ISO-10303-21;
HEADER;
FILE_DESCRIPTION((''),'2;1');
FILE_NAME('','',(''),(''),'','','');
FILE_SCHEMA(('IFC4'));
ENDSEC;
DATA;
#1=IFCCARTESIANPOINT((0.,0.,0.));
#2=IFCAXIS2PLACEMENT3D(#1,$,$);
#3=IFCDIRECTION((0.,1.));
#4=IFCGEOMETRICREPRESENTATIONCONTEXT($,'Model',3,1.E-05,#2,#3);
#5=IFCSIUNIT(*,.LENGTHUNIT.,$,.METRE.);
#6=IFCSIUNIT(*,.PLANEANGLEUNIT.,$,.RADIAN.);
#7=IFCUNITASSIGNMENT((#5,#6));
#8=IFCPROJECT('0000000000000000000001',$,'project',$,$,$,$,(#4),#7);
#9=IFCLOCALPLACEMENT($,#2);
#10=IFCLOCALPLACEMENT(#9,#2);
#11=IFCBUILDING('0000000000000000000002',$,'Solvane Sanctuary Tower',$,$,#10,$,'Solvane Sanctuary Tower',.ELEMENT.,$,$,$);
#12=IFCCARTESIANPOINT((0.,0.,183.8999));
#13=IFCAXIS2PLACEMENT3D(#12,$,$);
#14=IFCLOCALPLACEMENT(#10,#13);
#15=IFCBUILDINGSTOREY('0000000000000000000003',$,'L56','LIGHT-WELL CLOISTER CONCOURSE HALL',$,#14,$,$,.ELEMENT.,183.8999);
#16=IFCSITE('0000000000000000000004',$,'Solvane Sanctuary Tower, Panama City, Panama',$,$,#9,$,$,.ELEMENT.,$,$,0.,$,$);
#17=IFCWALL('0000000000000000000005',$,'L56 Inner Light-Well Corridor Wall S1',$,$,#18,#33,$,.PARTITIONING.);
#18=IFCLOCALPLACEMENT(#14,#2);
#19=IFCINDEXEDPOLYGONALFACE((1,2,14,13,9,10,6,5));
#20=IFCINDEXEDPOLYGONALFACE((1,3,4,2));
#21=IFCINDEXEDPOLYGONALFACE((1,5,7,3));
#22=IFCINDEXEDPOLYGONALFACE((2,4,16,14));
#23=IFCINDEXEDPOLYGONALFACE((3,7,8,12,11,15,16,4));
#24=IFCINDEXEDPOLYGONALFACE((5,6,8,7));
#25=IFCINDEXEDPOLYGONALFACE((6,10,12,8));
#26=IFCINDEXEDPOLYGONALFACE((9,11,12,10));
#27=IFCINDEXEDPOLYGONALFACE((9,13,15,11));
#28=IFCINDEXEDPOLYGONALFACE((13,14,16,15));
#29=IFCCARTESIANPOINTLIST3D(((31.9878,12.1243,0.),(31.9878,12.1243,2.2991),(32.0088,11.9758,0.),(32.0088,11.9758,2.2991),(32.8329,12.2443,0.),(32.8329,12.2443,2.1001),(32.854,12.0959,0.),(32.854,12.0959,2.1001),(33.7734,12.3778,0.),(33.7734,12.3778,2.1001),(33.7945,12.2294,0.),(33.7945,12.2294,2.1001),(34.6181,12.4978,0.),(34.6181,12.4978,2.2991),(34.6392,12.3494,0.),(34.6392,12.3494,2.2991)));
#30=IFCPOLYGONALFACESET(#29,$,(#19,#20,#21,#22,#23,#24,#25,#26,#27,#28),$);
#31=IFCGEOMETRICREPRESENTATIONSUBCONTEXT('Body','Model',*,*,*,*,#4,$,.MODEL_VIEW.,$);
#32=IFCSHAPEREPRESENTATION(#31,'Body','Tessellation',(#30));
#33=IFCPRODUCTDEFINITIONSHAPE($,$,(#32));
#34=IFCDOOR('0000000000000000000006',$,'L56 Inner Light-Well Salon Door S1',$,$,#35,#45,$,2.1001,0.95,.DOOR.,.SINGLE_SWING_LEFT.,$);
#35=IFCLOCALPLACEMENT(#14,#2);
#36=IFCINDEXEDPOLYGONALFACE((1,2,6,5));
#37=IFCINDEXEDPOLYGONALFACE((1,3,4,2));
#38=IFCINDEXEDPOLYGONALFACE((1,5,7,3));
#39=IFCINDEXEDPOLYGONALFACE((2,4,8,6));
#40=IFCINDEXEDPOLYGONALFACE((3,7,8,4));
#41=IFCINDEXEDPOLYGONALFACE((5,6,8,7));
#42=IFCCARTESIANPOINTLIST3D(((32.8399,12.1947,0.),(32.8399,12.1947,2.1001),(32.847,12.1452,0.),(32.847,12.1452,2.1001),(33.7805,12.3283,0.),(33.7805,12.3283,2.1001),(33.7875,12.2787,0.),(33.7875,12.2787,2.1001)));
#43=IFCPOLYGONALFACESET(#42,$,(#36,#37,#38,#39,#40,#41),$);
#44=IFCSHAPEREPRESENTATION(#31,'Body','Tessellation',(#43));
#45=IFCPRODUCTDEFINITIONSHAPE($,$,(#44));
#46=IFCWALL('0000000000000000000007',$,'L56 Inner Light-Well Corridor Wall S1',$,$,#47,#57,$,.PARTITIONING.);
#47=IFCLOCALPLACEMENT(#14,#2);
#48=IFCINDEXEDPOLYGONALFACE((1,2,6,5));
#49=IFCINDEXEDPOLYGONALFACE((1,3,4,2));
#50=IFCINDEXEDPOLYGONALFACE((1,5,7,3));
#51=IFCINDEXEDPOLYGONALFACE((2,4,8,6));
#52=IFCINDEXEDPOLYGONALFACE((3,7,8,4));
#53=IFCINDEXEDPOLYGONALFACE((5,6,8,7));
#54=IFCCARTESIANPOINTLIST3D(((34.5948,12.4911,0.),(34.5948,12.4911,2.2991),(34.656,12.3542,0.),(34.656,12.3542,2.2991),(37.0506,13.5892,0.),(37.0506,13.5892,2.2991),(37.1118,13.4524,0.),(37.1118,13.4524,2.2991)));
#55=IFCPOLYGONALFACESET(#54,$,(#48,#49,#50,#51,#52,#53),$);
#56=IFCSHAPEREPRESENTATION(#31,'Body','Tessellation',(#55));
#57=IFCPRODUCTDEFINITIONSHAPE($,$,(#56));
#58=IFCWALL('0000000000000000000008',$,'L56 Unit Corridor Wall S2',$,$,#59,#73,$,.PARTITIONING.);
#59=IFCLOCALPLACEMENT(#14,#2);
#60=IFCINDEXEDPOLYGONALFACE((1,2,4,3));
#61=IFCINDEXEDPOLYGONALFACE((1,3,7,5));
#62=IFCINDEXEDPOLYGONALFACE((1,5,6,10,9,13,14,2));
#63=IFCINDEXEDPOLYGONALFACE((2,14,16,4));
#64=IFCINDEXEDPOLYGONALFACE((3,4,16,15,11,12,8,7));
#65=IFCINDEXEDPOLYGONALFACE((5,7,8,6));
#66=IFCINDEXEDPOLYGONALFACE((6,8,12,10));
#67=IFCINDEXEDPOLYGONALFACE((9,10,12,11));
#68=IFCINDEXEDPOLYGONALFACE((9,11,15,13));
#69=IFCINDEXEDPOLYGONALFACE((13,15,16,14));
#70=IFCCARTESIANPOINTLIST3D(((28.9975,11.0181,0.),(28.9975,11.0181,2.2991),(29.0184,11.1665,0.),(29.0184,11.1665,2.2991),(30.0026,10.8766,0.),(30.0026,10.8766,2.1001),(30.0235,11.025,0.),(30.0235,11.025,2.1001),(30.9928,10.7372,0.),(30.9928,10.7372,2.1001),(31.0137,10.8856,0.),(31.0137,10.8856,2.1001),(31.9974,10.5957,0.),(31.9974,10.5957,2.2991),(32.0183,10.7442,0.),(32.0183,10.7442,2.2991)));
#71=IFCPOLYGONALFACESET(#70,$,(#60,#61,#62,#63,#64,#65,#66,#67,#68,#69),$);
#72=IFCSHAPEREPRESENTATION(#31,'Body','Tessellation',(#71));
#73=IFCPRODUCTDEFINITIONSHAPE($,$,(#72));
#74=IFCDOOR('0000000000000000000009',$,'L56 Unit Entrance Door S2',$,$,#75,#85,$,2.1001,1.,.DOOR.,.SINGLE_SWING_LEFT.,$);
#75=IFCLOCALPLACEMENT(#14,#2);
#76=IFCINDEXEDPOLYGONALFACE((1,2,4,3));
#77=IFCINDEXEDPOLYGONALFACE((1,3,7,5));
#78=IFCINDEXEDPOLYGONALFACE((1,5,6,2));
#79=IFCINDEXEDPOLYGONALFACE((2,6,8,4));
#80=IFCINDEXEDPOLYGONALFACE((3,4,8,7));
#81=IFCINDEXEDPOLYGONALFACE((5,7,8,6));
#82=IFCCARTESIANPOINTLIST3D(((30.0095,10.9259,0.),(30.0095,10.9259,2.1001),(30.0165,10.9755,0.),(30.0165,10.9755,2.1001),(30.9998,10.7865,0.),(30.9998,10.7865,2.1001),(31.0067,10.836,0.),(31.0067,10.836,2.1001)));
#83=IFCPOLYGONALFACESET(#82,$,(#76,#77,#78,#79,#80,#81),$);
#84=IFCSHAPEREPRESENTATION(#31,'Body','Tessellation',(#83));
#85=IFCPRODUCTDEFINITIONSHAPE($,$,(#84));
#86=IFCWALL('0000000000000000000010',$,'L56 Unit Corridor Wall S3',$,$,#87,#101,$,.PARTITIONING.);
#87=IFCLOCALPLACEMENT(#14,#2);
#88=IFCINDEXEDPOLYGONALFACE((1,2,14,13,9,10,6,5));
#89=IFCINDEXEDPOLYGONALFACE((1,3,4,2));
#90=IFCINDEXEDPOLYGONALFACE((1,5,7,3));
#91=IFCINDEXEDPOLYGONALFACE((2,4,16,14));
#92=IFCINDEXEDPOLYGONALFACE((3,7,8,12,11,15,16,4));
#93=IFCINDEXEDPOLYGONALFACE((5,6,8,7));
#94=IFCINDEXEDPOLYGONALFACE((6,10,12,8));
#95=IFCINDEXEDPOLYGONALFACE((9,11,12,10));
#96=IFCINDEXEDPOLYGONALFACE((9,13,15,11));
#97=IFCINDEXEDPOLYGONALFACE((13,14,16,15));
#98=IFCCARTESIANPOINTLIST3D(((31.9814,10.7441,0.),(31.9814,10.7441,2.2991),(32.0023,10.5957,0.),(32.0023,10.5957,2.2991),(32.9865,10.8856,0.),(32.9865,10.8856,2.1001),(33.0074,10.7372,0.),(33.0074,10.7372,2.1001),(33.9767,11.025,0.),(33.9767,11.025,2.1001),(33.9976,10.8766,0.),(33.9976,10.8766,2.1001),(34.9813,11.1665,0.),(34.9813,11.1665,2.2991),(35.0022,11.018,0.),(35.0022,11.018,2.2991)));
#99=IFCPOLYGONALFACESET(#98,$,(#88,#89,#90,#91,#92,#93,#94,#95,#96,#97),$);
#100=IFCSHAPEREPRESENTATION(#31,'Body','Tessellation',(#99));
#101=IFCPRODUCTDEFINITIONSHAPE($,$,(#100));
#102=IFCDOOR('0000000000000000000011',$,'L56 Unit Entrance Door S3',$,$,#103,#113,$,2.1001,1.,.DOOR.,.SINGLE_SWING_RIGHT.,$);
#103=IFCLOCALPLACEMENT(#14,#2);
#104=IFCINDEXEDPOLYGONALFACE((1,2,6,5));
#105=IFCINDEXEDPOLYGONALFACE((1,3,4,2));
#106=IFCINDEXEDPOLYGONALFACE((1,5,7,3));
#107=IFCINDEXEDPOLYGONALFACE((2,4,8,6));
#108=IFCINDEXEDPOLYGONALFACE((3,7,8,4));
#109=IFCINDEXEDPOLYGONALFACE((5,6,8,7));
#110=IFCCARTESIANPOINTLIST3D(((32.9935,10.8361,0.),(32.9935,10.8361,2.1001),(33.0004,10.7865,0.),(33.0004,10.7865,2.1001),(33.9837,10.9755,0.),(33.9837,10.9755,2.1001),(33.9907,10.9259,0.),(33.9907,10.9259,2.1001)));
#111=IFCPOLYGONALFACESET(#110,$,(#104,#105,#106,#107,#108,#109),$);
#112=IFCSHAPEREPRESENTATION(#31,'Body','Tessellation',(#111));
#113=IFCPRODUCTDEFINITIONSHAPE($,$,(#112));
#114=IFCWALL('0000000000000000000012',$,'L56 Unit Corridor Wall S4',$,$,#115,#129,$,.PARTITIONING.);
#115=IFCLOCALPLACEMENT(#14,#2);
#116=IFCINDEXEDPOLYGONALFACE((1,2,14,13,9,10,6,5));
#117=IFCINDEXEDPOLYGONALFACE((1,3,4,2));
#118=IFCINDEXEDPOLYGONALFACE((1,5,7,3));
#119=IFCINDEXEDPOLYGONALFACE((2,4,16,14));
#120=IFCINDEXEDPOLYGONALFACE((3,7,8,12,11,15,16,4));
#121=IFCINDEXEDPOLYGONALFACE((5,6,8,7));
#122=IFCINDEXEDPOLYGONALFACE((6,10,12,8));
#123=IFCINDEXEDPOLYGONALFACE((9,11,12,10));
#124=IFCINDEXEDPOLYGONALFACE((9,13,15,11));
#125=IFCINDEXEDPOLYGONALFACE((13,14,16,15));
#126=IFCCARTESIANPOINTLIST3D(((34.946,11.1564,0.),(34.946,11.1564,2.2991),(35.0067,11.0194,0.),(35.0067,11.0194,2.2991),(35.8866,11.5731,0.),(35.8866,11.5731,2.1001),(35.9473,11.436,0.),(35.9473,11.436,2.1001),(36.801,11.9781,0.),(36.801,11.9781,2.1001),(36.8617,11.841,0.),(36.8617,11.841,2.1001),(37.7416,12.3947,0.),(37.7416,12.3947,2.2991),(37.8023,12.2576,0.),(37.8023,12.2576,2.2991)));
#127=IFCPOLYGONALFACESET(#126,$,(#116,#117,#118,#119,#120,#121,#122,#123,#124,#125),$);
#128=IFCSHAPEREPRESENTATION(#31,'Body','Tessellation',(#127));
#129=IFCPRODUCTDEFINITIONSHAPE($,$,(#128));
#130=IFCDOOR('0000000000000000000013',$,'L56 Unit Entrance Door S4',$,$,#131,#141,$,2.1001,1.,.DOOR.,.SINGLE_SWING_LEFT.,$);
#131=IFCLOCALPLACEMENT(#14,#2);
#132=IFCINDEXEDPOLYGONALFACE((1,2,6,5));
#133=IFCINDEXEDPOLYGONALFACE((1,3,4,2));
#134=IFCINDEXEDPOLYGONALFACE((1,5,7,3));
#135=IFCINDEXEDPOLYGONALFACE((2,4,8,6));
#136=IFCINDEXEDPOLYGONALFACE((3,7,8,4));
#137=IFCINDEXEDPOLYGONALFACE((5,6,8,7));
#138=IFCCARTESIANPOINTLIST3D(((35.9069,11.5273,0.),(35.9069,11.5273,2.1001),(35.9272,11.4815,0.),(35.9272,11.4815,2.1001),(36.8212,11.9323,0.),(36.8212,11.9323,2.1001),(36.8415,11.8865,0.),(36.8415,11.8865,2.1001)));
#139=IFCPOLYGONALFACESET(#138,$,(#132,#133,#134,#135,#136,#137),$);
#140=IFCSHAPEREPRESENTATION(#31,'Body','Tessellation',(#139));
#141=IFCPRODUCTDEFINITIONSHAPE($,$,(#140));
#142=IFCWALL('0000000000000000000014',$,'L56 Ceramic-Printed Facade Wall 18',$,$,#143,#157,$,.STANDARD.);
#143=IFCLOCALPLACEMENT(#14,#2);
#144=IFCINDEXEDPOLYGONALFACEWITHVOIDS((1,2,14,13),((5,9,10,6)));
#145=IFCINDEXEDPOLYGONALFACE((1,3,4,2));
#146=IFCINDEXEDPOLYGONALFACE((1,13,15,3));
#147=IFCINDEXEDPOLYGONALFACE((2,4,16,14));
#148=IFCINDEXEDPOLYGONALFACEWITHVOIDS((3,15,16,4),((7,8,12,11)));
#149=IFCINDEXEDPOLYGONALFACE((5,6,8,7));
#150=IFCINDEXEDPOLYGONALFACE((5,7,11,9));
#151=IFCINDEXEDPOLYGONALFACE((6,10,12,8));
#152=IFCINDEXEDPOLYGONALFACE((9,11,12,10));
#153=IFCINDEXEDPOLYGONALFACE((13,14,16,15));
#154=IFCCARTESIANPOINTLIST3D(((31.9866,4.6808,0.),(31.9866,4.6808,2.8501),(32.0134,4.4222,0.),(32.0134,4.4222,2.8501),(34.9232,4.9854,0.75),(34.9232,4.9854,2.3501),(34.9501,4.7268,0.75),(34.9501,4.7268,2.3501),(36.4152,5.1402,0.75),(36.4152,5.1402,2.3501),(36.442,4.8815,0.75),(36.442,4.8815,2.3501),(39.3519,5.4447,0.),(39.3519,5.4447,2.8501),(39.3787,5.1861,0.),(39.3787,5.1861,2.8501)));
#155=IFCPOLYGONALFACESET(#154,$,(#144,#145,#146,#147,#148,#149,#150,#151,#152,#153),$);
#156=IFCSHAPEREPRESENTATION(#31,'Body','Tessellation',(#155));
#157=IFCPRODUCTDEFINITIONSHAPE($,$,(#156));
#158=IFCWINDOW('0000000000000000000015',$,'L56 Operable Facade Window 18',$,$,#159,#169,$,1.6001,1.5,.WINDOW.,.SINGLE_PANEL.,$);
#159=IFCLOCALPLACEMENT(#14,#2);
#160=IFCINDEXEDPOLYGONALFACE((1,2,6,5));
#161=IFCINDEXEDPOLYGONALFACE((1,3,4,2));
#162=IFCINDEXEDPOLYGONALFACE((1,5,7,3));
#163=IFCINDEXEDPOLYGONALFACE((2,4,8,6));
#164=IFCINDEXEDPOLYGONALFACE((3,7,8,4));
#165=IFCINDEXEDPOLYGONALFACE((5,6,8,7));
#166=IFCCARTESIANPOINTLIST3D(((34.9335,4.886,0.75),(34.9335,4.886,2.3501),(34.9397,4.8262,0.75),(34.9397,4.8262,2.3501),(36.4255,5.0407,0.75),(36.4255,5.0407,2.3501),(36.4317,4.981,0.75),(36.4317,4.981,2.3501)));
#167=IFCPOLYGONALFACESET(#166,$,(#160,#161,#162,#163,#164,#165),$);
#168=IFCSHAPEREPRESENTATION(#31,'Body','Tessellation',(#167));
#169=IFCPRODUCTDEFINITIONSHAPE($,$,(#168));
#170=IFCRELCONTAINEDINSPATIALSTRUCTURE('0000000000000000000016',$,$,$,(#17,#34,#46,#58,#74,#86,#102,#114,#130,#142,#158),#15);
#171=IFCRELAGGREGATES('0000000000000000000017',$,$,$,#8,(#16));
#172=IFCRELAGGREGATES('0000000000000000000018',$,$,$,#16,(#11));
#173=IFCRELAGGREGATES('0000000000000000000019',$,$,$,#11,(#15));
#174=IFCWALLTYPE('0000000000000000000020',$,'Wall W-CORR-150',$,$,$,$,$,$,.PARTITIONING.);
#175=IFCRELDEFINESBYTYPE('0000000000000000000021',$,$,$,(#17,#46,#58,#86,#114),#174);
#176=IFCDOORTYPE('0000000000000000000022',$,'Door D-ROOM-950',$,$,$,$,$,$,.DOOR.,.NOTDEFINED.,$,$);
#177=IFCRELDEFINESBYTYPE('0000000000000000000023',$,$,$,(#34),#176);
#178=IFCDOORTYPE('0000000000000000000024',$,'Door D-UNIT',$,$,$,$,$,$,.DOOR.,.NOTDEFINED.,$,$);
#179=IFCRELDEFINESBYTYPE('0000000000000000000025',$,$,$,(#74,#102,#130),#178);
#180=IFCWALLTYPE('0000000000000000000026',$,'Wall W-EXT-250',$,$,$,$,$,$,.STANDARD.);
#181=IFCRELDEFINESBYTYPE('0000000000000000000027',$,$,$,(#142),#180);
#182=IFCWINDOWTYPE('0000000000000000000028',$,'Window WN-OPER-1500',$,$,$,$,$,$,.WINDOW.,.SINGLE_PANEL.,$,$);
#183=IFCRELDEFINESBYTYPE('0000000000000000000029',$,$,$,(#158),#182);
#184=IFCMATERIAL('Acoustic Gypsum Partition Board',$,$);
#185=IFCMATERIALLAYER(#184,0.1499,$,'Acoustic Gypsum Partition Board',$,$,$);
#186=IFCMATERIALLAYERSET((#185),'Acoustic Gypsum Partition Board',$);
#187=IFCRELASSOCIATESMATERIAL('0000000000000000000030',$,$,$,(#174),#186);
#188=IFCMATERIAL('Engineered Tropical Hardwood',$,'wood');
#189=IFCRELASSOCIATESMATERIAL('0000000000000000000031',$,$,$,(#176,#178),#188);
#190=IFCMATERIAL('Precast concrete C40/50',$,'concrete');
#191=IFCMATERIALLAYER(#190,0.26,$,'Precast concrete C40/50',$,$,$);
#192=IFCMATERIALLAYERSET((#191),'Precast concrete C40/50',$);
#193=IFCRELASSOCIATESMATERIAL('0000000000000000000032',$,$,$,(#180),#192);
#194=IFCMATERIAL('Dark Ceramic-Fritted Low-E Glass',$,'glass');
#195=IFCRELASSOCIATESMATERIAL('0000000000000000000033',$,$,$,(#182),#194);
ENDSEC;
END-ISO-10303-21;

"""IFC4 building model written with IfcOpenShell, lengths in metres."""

from ifc_helpers import new_model, si_unit, direction, frame, frame_2d, origin, place, context, subcontext, project, spatial, rectangle, extrude, material, layer, layer_set, type_object, element, fill, save


model = new_model("IFC4")

# Units and contexts
model_context = context("Model", 3, precision=1e-05, world=origin(), true_north=direction((0.0, 1.0)))
body_context = subcontext(model_context, "Body", "Model", "MODEL_VIEW")
ifc_project = project(units=[si_unit("LENGTHUNIT", "METRE"), si_unit("PLANEANGLEUNIT", "RADIAN")], contexts=[model_context])

# Site, building, storey
site_placement = place(None, origin())
site = spatial("IfcSite", under=ifc_project, at=site_placement, Name="Solvane Sanctuary Tower, Panama City, Panama", CompositionType="ELEMENT", RefElevation=0.0)
building_placement = place(site_placement, origin())
building = spatial("IfcBuilding", under=site, at=building_placement, Name="Solvane Sanctuary Tower", LongName="Solvane Sanctuary Tower", CompositionType="ELEMENT")
storey_placement = place(building_placement, frame((0.0, 0.0, 183.8999)))
storey = spatial("IfcBuildingStorey", under=building, at=storey_placement, Name="L56", Description="LIGHT-WELL CLOISTER CONCOURSE HALL", CompositionType="ELEMENT", Elevation=183.8999)

# Shared definitions
ifc_material_1 = material(Name="Acoustic Gypsum Partition Board")
ifc_layer_1 = layer(ifc_material_1, 0.1499, Name="Acoustic Gypsum Partition Board")
ifc_layer_set_1 = layer_set([ifc_layer_1], Name="Acoustic Gypsum Partition Board")
wall_type_1 = type_object("IfcWallType", Name="Wall W-CORR-150", PredefinedType="PARTITIONING", material=ifc_layer_set_1)

# Wall, opening, door
wall_1_placement = place(storey_placement, frame((31.9983, 12.05, 0.0), z_axis=(0.0, 0.0, 1.0), x_axis=(0.990067, 0.140598, 0.0)))
wall_1 = element("IfcWall", 1, at=wall_1_placement, inside=storey, type_object=wall_type_1, Name="L56 Inner Light-Well Corridor Wall S1", PredefinedType="PARTITIONING", context=body_context, shape_type="SweptSolid", body=[
    extrude(rectangle(XDim=2.6567, YDim=0.1499, at=frame_2d((1.3284, 0.0))), origin(), (0.0, 0.0, 1.0), 2.2991),
])
opening_1_placement = place(wall_1_placement, frame((0.8535, 0.0, 0.0)))
opening_1 = element("IfcOpeningElement", 2, at=opening_1_placement, cuts=wall_1, PredefinedType="OPENING", context=body_context, shape_type="SweptSolid", body=[
    extrude(rectangle(XDim=0.95, YDim=2.1001, at=frame_2d((0.4751, 1.05))), frame((0.0, 0.085, 0.0), z_axis=(0.0, -1.0, 0.0), x_axis=(1.0, 0.0, 0.0)), (0.0, 0.0, 1.0), 0.1699),
])
ifc_material_2 = material(Name="Engineered Tropical Hardwood", Category="wood")
door_type_1 = type_object("IfcDoorType", Name="Door D-ROOM-950", OperationType="NOTDEFINED", PredefinedType="DOOR", material=ifc_material_2)
door_1_placement = place(opening_1_placement, origin())
door_1 = element("IfcDoor", 3, at=door_1_placement, inside=storey, type_object=door_type_1, Name="L56 Inner Light-Well Salon Door S1", OperationType="SINGLE_SWING_LEFT", OverallHeight=2.1001, OverallWidth=0.95, PredefinedType="DOOR", context=body_context, shape_type="SweptSolid", body=[
    extrude(rectangle(XDim=0.95, YDim=2.1001, at=frame_2d((0.4751, 1.05))), frame((0.0, 0.0249, 0.0), z_axis=(0.0, -1.0, 0.0), x_axis=(1.0, 0.0, 0.0)), (0.0, 0.0, 1.0), 0.05),
])
fill(opening_1, door_1)

# Wall
wall_2_placement = place(storey_placement, frame((34.6252, 12.4226, 0.0), z_axis=(0.0, 0.0, 1.0), x_axis=(0.912889, 0.408209, 0.0)))
element("IfcWall", 4, at=wall_2_placement, inside=storey, type_object=wall_type_1, Name="L56 Inner Light-Well Corridor Wall S1", PredefinedType="PARTITIONING", context=body_context, shape_type="SweptSolid", body=[
    extrude(rectangle(XDim=2.6902, YDim=0.1499, at=frame_2d((1.3452, 0.0))), origin(), (0.0, 0.0, 1.0), 2.2991),
])

# Walls, openings, doors
wall_3_placement = place(storey_placement, frame((29.0081, 11.0923, 0.0), z_axis=(0.0, 0.0, 1.0), x_axis=(0.990234, -0.139413, 0.0)))
wall_3 = element("IfcWall", 5, at=wall_3_placement, inside=storey, type_object=wall_type_1, Name="L56 Unit Corridor Wall S2", PredefinedType="PARTITIONING", context=body_context, shape_type="SweptSolid", body=[
    extrude(rectangle(XDim=3.0295, YDim=0.1499, at=frame_2d((1.5146, 0.0))), origin(), (0.0, 0.0, 1.0), 2.2991),
])
opening_2_placement = place(wall_3_placement, frame((1.0149, 0.0, 0.0)))
opening_2 = element("IfcOpeningElement", 6, at=opening_2_placement, cuts=wall_3, PredefinedType="OPENING", context=body_context, shape_type="SweptSolid", body=[
    extrude(rectangle(XDim=1.0, YDim=2.1001, at=frame_2d((0.5, 1.05))), frame((0.0, 0.085, 0.0), z_axis=(0.0, -1.0, 0.0), x_axis=(1.0, 0.0, 0.0)), (0.0, 0.0, 1.0), 0.1699),
])
door_type_2 = type_object("IfcDoorType", Name="Door D-UNIT", OperationType="NOTDEFINED", PredefinedType="DOOR", material=ifc_material_2)
door_2_placement = place(opening_2_placement, origin())
door_2 = element("IfcDoor", 7, at=door_2_placement, inside=storey, type_object=door_type_2, Name="L56 Unit Entrance Door S2", OperationType="SINGLE_SWING_LEFT", OverallHeight=2.1001, OverallWidth=1.0, PredefinedType="DOOR", context=body_context, shape_type="SweptSolid", body=[
    extrude(rectangle(XDim=1.0, YDim=2.1001, at=frame_2d((0.5, 1.05))), frame((0.0, 0.0249, 0.0), z_axis=(0.0, -1.0, 0.0), x_axis=(1.0, 0.0, 0.0)), (0.0, 0.0, 1.0), 0.05),
])
fill(opening_2, door_2)
wall_4_placement = place(storey_placement, frame((31.9919, 10.6699, 0.0), z_axis=(0.0, 0.0, 1.0), x_axis=(0.990234, 0.139413, 0.0)))
wall_4 = element("IfcWall", 8, at=wall_4_placement, inside=storey, type_object=wall_type_1, Name="L56 Unit Corridor Wall S3", PredefinedType="PARTITIONING", context=body_context, shape_type="SweptSolid", body=[
    extrude(rectangle(XDim=3.0295, YDim=0.1499, at=frame_2d((1.5146, 0.0))), origin(), (0.0, 0.0, 1.0), 2.2991),
])
opening_3_placement = place(wall_4_placement, frame((1.0149, 0.0, 0.0)))
opening_3 = element("IfcOpeningElement", 9, at=opening_3_placement, cuts=wall_4, PredefinedType="OPENING", context=body_context, shape_type="SweptSolid", body=[
    extrude(rectangle(XDim=1.0, YDim=2.1001, at=frame_2d((0.5, 1.05))), frame((0.0, 0.085, 0.0), z_axis=(0.0, -1.0, 0.0), x_axis=(1.0, 0.0, 0.0)), (0.0, 0.0, 1.0), 0.1699),
])
door_3_placement = place(opening_3_placement, origin())
door_3 = element("IfcDoor", 10, at=door_3_placement, inside=storey, type_object=door_type_2, Name="L56 Unit Entrance Door S3", OperationType="SINGLE_SWING_RIGHT", OverallHeight=2.1001, OverallWidth=1.0, PredefinedType="DOOR", context=body_context, shape_type="SweptSolid", body=[
    extrude(rectangle(XDim=1.0, YDim=2.1001, at=frame_2d((0.5, 1.05))), frame((0.0, 0.0249, 0.0), z_axis=(0.0, -1.0, 0.0), x_axis=(1.0, 0.0, 0.0)), (0.0, 0.0, 1.0), 0.05),
])
fill(opening_3, door_3)
wall_5_placement = place(storey_placement, frame((34.9763, 11.0879, 0.0), z_axis=(0.0, 0.0, 1.0), x_axis=(0.914324, 0.404982, 0.0)))
wall_5 = element("IfcWall", 11, at=wall_5_placement, inside=storey, type_object=wall_type_1, Name="L56 Unit Corridor Wall S4", PredefinedType="PARTITIONING", context=body_context, shape_type="SweptSolid", body=[
    extrude(rectangle(XDim=3.0576, YDim=0.1499, at=frame_2d((1.5288, 0.0))), origin(), (0.0, 0.0, 1.0), 2.2991),
])
opening_4_placement = place(wall_5_placement, frame((1.0288, 0.0, 0.0)))
opening_4 = element("IfcOpeningElement", 12, at=opening_4_placement, cuts=wall_5, PredefinedType="OPENING", context=body_context, shape_type="SweptSolid", body=[
    extrude(rectangle(XDim=1.0, YDim=2.1001, at=frame_2d((0.5, 1.05))), frame((0.0, 0.085, 0.0), z_axis=(0.0, -1.0, 0.0), x_axis=(1.0, 0.0, 0.0)), (0.0, 0.0, 1.0), 0.1699),
])
door_4_placement = place(opening_4_placement, origin())
door_4 = element("IfcDoor", 13, at=door_4_placement, inside=storey, type_object=door_type_2, Name="L56 Unit Entrance Door S4", OperationType="SINGLE_SWING_LEFT", OverallHeight=2.1001, OverallWidth=1.0, PredefinedType="DOOR", context=body_context, shape_type="SweptSolid", body=[
    extrude(rectangle(XDim=1.0, YDim=2.1001, at=frame_2d((0.5, 1.05))), frame((0.0, 0.0249, 0.0), z_axis=(0.0, -1.0, 0.0), x_axis=(1.0, 0.0, 0.0)), (0.0, 0.0, 1.0), 0.05),
])
fill(opening_4, door_4)

# Wall, opening, window
ifc_material_3 = material(Name="Precast concrete C40/50", Category="concrete")
ifc_layer_2 = layer(ifc_material_3, 0.26, Name="Precast concrete C40/50")
ifc_layer_set_2 = layer_set([ifc_layer_2], Name="Precast concrete C40/50")
wall_type_2 = type_object("IfcWallType", Name="Wall W-EXT-250", PredefinedType="STANDARD", material=ifc_layer_set_2)
wall_6_placement = place(storey_placement, frame((32.0, 4.5515, 0.0), z_axis=(0.0, 0.0, 1.0), x_axis=(0.994664, 0.103166, 0.0)))
wall_6 = element("IfcWall", 14, at=wall_6_placement, inside=storey, type_object=wall_type_2, Name="L56 Ceramic-Printed Facade Wall 18", PredefinedType="STANDARD", context=body_context, shape_type="SweptSolid", body=[
    extrude(rectangle(XDim=7.4048, YDim=0.26, at=frame_2d((3.7024, 0.0))), origin(), (0.0, 0.0, 1.0), 2.8501),
])
opening_5_placement = place(wall_6_placement, frame((2.9524, 0.0, 0.75)))
opening_5 = element("IfcOpeningElement", 15, at=opening_5_placement, cuts=wall_6, PredefinedType="OPENING", context=body_context, shape_type="SweptSolid", body=[
    extrude(rectangle(XDim=1.5, YDim=1.6001, at=frame_2d((0.75, 0.8))), frame((0.0, 0.1399, 0.0), z_axis=(0.0, -1.0, 0.0), x_axis=(1.0, 0.0, 0.0)), (0.0, 0.0, 1.0), 0.28),
])
ifc_material_4 = material(Name="Dark Ceramic-Fritted Low-E Glass", Category="glass")
window_type = type_object("IfcWindowType", Name="Window WN-OPER-1500", PartitioningType="SINGLE_PANEL", PredefinedType="WINDOW", material=ifc_material_4)
window_placement = place(opening_5_placement, origin())
window = element("IfcWindow", 16, at=window_placement, inside=storey, type_object=window_type, Name="L56 Operable Facade Window 18", OverallHeight=1.6001, OverallWidth=1.5, PartitioningType="SINGLE_PANEL", PredefinedType="WINDOW", context=body_context, shape_type="SweptSolid", body=[
    extrude(rectangle(XDim=1.5, YDim=1.6001, at=frame_2d((0.75, 0.8))), frame((0.0, 0.03, 0.0), z_axis=(0.0, -1.0, 0.0), x_axis=(1.0, 0.0, 0.0)), (0.0, 0.0, 1.0), 0.0601),
])
fill(opening_5, window)

save(model, "model.ifc")
